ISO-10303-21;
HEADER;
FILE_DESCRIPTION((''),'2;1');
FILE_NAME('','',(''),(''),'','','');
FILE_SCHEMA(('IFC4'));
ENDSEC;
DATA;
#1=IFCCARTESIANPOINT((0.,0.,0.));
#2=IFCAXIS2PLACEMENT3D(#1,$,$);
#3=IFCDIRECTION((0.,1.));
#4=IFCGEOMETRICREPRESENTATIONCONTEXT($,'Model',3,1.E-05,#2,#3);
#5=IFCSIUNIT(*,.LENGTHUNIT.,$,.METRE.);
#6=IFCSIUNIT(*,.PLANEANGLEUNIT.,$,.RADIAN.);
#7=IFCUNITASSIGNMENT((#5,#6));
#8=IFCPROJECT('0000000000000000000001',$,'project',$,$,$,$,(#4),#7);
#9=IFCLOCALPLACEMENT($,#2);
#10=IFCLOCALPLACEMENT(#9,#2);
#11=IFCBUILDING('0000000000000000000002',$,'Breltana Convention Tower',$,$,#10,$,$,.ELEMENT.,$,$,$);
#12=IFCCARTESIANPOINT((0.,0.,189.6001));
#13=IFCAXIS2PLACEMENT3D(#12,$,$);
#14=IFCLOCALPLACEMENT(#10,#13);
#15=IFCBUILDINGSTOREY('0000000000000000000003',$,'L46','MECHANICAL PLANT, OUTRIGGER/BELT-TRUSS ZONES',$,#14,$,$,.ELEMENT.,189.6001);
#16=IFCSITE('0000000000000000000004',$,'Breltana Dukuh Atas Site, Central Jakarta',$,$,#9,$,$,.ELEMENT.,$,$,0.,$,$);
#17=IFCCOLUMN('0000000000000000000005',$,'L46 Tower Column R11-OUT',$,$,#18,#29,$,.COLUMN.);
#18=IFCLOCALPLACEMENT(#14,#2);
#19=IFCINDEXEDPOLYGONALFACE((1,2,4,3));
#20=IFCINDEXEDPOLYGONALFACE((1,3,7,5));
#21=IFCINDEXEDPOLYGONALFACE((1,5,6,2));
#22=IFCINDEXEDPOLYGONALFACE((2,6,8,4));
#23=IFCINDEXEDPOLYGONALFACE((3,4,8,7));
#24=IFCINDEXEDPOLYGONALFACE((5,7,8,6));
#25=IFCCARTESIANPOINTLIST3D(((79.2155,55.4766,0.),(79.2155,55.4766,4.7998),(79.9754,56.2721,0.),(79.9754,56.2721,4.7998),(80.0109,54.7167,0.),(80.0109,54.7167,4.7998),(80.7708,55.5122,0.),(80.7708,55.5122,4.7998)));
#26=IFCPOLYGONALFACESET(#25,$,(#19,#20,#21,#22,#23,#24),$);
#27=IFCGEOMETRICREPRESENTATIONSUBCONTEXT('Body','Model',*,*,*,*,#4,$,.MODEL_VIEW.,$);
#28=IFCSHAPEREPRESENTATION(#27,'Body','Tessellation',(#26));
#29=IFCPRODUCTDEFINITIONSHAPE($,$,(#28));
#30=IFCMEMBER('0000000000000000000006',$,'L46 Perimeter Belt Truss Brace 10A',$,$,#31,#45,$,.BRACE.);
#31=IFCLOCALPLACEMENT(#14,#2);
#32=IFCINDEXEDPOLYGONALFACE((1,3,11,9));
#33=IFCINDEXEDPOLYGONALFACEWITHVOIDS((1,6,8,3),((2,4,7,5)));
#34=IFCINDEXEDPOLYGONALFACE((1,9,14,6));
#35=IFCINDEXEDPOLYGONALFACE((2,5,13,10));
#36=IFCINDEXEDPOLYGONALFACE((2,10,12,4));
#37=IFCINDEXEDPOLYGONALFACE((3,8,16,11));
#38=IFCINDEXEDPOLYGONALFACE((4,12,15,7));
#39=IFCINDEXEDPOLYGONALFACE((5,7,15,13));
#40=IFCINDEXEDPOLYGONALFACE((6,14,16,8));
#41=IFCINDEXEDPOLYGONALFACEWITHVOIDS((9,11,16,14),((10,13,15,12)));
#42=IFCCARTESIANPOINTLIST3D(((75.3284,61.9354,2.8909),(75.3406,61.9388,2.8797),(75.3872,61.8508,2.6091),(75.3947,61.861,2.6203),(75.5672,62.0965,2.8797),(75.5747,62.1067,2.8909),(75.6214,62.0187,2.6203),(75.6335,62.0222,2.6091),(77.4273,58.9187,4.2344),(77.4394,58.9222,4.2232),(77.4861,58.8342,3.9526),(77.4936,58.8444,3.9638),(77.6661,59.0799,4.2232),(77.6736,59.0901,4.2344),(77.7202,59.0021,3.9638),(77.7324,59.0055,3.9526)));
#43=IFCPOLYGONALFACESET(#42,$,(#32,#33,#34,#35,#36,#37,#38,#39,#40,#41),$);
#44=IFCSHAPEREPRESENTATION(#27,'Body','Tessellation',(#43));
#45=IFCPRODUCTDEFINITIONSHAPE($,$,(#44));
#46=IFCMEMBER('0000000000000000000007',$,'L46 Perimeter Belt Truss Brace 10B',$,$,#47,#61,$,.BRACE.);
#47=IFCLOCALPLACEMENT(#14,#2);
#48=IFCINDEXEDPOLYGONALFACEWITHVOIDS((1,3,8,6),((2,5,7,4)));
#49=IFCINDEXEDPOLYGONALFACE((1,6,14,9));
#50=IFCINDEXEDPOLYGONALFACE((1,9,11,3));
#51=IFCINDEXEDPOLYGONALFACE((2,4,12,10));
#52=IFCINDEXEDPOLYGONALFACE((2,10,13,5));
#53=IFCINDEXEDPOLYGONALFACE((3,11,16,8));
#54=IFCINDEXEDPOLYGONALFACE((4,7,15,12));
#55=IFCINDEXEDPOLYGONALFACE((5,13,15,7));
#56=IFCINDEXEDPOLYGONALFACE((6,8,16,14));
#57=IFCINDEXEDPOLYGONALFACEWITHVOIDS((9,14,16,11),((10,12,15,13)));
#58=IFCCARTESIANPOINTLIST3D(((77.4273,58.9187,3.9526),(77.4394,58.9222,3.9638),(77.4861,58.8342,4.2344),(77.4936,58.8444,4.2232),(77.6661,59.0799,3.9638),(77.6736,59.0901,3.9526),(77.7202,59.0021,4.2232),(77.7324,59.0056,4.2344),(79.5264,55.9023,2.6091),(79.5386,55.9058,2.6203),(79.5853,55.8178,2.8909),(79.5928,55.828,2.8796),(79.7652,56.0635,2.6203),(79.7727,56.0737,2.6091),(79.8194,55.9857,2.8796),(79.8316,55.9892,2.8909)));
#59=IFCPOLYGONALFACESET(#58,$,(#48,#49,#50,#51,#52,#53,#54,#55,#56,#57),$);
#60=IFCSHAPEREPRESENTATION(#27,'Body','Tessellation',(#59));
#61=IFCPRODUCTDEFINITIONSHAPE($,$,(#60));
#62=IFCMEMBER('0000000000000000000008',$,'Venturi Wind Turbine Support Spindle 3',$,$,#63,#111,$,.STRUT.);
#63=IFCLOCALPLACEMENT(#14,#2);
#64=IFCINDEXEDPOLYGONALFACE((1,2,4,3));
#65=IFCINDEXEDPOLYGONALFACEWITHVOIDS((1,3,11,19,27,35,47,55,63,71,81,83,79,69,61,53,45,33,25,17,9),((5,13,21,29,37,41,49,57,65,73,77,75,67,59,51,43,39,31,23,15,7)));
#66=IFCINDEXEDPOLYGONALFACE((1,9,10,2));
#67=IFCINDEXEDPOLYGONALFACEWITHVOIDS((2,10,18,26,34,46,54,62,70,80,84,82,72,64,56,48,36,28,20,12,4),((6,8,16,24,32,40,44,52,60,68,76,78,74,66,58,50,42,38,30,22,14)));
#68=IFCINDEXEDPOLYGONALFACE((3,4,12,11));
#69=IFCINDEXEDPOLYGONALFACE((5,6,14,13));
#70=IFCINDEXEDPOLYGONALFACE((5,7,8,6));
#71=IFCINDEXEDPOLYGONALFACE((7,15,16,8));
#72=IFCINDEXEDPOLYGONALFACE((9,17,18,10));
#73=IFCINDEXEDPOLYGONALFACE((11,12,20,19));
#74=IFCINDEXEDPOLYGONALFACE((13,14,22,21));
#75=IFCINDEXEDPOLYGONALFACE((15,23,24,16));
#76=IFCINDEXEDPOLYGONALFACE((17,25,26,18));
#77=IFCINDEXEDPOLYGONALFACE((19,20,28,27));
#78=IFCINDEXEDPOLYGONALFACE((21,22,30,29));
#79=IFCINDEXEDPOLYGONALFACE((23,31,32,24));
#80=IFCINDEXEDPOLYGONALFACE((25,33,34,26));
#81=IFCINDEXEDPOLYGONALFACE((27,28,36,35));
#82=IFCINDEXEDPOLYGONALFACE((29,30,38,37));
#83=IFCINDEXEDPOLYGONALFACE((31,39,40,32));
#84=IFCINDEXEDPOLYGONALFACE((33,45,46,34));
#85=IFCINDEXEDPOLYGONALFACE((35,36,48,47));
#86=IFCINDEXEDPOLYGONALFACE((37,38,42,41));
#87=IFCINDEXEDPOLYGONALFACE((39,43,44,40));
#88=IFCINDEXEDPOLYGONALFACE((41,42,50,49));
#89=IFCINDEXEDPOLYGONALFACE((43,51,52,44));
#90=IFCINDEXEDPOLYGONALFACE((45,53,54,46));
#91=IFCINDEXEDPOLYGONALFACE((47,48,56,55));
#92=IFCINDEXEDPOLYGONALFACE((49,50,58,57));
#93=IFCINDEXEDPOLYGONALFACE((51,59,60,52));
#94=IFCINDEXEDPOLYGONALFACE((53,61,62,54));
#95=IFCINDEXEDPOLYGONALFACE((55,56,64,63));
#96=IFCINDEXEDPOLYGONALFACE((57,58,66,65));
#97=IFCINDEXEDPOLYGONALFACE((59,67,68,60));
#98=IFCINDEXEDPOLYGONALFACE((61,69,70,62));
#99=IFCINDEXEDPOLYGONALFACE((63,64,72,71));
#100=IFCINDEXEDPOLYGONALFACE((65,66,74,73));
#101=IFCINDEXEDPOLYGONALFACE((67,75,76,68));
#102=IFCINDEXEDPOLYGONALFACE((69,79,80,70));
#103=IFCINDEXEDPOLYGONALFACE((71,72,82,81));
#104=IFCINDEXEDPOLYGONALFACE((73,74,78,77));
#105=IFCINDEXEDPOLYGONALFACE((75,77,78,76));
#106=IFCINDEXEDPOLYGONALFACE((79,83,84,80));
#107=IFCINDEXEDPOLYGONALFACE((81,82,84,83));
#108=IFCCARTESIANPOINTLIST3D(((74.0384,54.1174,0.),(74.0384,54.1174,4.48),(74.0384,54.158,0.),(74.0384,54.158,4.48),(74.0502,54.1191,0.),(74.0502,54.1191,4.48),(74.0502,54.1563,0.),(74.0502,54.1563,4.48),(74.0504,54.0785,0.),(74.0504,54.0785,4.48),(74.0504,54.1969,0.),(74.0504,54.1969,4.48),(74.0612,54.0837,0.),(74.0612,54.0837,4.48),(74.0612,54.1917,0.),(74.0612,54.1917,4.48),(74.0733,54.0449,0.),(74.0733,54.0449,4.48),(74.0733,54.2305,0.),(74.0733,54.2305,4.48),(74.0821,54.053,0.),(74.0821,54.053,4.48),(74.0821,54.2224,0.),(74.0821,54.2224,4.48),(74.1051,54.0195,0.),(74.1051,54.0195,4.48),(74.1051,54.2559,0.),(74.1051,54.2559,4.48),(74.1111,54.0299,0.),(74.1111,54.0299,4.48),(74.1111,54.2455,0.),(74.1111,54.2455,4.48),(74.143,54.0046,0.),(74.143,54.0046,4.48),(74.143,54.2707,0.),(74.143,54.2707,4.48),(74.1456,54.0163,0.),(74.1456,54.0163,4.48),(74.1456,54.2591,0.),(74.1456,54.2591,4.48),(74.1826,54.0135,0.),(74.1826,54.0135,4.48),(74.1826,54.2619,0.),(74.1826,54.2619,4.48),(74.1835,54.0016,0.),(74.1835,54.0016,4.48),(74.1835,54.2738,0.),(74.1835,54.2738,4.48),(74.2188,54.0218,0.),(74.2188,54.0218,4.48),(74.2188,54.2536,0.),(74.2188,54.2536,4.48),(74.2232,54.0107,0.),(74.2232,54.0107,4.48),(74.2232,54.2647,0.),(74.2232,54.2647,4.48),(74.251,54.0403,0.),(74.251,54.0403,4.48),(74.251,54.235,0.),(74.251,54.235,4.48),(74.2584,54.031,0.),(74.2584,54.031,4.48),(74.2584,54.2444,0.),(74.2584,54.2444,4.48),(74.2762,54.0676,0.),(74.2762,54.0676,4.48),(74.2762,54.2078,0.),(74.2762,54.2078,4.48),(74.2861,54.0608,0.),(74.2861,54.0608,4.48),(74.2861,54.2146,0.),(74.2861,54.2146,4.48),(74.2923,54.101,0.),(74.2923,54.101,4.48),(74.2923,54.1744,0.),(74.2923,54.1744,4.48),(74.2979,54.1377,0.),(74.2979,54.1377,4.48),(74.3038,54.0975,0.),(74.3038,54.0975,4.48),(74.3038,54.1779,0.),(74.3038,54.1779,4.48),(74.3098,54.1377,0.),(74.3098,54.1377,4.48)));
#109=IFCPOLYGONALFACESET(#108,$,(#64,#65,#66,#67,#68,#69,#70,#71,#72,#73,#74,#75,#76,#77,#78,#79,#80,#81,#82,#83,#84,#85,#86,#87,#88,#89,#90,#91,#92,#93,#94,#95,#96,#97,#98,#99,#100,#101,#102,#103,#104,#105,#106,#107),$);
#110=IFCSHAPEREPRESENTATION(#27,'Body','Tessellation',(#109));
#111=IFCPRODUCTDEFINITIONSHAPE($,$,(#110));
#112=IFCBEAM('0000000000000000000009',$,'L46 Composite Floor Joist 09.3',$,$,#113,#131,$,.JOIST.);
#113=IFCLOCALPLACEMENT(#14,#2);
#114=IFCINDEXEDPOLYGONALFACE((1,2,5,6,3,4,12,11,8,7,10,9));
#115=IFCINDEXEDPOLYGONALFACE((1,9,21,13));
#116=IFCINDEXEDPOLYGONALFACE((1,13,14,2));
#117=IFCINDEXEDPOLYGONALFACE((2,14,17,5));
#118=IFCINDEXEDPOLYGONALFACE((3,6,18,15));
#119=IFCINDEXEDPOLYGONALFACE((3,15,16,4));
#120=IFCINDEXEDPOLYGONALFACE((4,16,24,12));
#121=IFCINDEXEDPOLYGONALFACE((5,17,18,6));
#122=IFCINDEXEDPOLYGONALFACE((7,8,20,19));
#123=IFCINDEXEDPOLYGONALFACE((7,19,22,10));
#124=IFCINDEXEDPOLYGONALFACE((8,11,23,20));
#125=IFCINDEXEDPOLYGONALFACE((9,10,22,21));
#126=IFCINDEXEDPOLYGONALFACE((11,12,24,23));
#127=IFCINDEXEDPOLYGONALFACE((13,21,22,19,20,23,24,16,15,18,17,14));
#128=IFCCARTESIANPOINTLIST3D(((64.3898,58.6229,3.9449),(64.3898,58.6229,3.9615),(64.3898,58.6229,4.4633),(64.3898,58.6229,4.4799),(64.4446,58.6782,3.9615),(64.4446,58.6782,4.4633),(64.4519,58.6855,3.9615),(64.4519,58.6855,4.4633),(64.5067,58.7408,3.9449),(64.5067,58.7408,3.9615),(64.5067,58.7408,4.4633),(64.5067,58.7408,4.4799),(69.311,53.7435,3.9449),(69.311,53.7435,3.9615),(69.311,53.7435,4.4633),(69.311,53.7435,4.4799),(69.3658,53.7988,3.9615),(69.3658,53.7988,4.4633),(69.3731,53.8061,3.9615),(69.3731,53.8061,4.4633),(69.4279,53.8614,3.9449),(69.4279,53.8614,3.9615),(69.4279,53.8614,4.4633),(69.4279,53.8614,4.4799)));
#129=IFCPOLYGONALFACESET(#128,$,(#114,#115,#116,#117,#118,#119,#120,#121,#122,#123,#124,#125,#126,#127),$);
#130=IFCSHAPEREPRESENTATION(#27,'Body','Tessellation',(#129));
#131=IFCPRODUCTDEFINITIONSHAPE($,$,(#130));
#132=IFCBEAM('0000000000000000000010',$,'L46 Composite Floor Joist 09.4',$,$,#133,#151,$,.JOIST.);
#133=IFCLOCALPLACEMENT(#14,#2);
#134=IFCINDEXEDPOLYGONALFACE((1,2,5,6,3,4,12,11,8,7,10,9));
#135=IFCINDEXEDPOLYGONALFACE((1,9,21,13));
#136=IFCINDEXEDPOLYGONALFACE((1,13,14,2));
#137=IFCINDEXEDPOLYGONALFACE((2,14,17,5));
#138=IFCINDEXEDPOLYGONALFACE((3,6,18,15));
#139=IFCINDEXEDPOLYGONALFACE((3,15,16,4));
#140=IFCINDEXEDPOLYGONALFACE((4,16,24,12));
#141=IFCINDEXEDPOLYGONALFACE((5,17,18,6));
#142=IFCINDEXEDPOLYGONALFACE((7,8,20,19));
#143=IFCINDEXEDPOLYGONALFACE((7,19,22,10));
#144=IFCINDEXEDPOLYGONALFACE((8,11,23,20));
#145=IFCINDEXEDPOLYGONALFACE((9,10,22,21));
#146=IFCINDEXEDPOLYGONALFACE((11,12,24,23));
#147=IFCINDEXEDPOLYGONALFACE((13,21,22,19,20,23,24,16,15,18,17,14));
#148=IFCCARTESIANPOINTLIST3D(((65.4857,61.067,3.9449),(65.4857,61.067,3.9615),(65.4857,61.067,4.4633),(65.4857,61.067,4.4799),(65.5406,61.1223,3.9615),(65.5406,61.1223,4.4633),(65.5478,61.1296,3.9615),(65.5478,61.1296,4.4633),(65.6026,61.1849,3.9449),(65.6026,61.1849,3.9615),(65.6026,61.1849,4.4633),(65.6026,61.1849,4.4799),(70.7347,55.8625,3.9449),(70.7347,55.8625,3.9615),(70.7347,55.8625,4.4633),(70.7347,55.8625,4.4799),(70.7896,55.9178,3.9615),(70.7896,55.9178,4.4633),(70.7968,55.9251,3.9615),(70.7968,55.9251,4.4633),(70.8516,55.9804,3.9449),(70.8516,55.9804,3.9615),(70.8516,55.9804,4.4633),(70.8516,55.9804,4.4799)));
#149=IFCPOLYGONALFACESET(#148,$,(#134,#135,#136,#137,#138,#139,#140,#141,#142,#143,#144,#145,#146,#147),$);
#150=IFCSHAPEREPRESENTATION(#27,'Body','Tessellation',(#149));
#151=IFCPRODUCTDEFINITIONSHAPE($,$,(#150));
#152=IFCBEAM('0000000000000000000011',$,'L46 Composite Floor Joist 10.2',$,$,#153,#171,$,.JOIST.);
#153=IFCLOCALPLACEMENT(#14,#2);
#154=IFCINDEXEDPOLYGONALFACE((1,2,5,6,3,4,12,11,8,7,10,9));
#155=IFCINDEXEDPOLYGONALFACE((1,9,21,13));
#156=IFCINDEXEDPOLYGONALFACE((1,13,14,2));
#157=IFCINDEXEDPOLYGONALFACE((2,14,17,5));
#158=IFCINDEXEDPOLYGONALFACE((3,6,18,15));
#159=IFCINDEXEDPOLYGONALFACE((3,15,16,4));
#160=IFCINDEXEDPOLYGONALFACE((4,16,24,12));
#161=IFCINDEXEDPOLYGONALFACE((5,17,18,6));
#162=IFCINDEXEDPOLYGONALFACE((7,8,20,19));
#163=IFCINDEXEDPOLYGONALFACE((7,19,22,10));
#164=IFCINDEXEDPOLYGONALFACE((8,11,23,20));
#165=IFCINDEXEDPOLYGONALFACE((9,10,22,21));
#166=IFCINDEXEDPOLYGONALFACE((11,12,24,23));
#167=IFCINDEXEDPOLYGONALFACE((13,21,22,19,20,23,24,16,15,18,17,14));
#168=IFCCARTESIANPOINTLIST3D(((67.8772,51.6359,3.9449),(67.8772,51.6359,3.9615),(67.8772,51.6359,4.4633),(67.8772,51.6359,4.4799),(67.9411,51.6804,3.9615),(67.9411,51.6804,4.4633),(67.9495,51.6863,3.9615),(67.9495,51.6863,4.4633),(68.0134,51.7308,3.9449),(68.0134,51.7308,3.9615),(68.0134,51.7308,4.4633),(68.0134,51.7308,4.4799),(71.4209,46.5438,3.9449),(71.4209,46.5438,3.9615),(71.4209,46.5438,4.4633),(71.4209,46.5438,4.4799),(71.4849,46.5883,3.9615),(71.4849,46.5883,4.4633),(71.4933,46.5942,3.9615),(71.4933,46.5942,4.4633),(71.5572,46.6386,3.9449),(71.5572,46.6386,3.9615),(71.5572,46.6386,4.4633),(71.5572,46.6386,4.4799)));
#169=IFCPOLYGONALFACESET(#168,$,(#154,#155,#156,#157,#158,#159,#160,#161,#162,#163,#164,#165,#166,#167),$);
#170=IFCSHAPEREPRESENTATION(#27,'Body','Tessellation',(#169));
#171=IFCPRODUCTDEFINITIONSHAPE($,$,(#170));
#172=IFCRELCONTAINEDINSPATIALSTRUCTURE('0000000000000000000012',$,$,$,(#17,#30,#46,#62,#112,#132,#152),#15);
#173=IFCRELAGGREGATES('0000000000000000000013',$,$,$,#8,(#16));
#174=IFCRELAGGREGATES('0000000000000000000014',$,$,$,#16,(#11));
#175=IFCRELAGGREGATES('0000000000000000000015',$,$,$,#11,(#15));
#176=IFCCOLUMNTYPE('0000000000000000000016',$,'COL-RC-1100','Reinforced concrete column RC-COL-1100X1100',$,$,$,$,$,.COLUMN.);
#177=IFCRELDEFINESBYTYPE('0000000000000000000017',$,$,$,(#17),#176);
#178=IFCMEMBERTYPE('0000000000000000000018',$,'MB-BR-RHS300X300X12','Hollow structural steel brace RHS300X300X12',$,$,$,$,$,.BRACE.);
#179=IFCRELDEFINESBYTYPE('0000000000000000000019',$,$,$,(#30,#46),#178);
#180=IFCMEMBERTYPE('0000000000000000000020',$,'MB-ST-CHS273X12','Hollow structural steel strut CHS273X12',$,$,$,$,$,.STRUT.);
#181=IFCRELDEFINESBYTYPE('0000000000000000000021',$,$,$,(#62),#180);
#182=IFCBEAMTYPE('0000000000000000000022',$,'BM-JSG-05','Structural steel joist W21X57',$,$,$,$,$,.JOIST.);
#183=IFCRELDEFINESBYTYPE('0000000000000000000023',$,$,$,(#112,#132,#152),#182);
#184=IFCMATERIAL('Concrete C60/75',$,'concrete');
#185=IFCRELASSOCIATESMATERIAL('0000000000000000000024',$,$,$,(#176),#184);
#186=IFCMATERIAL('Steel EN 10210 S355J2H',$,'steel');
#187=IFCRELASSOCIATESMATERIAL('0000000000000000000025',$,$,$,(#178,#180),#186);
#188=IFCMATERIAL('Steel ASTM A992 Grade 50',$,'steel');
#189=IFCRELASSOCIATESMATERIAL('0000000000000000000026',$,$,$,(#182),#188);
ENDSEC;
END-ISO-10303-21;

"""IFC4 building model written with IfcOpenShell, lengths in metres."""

from ifc_helpers import new_model, si_unit, direction, frame, origin, origin_2d, place, context, subcontext, project, spatial, rectangle, hollow_rectangle, hollow_circle, i_section, extrude, source, transform, mapped, material, material_profile, profile_set, type_object, type_shapes, element, save


model = new_model("IFC4")

# Units and contexts
model_context = context("Model", 3, precision=1e-05, world=origin(), true_north=direction((0.0, 1.0)))
body_context = subcontext(model_context, "Body", "Model", "MODEL_VIEW")
ifc_project = project(units=[si_unit("LENGTHUNIT", "METRE"), si_unit("PLANEANGLEUNIT", "RADIAN")], contexts=[model_context])

# Site, building, storey
site_placement = place(None, origin())
site = spatial("IfcSite", under=ifc_project, at=site_placement, Name="Breltana Dukuh Atas Site, Central Jakarta", CompositionType="ELEMENT", RefElevation=0.0)
building_placement = place(site_placement, origin())
building = spatial("IfcBuilding", under=site, at=building_placement, Name="Breltana Convention Tower", CompositionType="ELEMENT")
storey_placement = place(building_placement, frame((0.0, 0.0, 189.6001)))
storey = spatial("IfcBuildingStorey", under=building, at=storey_placement, Name="L46", Description="MECHANICAL PLANT, OUTRIGGER/BELT-TRUSS ZONES", CompositionType="ELEMENT", Elevation=189.6001)

# Column
ifc_material_1 = material(Name="Concrete C60/75", Category="concrete")
ifc_material_profile_1 = material_profile(ifc_material_1, rectangle(XDim=1.1001, YDim=1.1001, at=origin_2d()), Name="RC-COL-1100X1100")
ifc_profile_set_1 = profile_set([ifc_material_profile_1], Name="Concrete C60/75")
column_type = type_object("IfcColumnType", Name="COL-RC-1100", Description="Reinforced concrete column RC-COL-1100X1100", PredefinedType="COLUMN", material=ifc_profile_set_1)
shared_shape_1 = source(origin(), body_context, "Body", "SweptSolid", [
    extrude(rectangle(XDim=1.1001, YDim=1.1001, at=origin_2d()), origin(), (0.0, 0.0, 1.0), 4.7998),
])
column_placement = place(storey_placement, frame((79.9932, 55.4944, 0.0), z_axis=(0.0, 0.0, 1.0), x_axis=(0.690756, 0.723088, 0.0)))
element("IfcColumn", 1, at=column_placement, inside=storey, type_object=column_type, Name="L46 Tower Column R11-OUT", PredefinedType="COLUMN", context=body_context, shape_type="MappedRepresentation", body=[
    mapped(shared_shape_1, transform((0.0, 0.0, 0.0), scale=1.0)),
])

# Members
ifc_material_2 = material(Name="Steel EN 10210 S355J2H", Category="steel")
ifc_material_profile_2 = material_profile(ifc_material_2, hollow_rectangle(XDim=0.3, YDim=0.3, WallThickness=0.012, at=origin_2d()), Name="RHS300X300X12")
ifc_profile_set_2 = profile_set([ifc_material_profile_2], Name="Steel EN 10210 S355J2H")
member_type_1 = type_object("IfcMemberType", Name="MB-BR-RHS300X300X12", Description="Hollow structural steel brace RHS300X300X12", PredefinedType="BRACE", material=ifc_profile_set_2)
shared_shape_2 = source(origin(), body_context, "Body", "SweptSolid", [
    extrude(hollow_rectangle(XDim=0.3, YDim=0.3, WallThickness=0.012, at=origin_2d()), origin(), (0.0, 0.0, 1.0), 3.9128),
])
for number, where, z_axis, x_axis, name in (
    (2, (75.481, 61.9788, 2.75), (0.53641, -0.770953, 0.34336), (0.820858, 0.571133, 0.0), "L46 Perimeter Belt Truss Brace 10A"),
    (3, (77.5798, 58.9622, 4.0935), (0.53648, -0.770902, -0.343365), (0.820805, 0.571209, 0.0), "L46 Perimeter Belt Truss Brace 10B"),
):
    element("IfcMember", number, at=place(storey_placement, frame(where, z_axis=z_axis, x_axis=x_axis)), inside=storey, type_object=member_type_1, Name=name, PredefinedType="BRACE", context=body_context, shape_type="MappedRepresentation", body=[
        mapped(shared_shape_2, transform((0.0, 0.0, 0.0), scale=1.0)),
    ])
ifc_material_profile_3 = material_profile(ifc_material_2, hollow_circle(Radius=0.1365, WallThickness=0.012, at=origin_2d()), Name="CHS273X12")
ifc_profile_set_3 = profile_set([ifc_material_profile_3], Name="Steel EN 10210 S355J2H")
member_type_2 = type_object("IfcMemberType", Name="MB-ST-CHS273X12", Description="Hollow structural steel strut CHS273X12", PredefinedType="STRUT", material=ifc_profile_set_3)
shared_shape_3 = source(origin(), body_context, "Body", "SweptSolid", [
    extrude(hollow_circle(Radius=0.1365, WallThickness=0.012, at=origin_2d()), origin(), (0.0, 0.0, 1.0), 4.48),
])
type_shapes(member_type_2, [shared_shape_3])
member_placement = place(storey_placement, frame((74.1733, 54.1377, 0.0), z_axis=(0.0, 0.0, 1.0), x_axis=(1.0, 0.0, 0.0)))
element("IfcMember", 4, at=member_placement, inside=storey, type_object=member_type_2, Name="Venturi Wind Turbine Support Spindle 3", PredefinedType="STRUT", context=body_context, shape_type="MappedRepresentation", body=[
    mapped(shared_shape_3, transform((0.0, 0.0, 0.0), scale=1.0)),
])

# Beams
ifc_material_3 = material(Name="Steel ASTM A992 Grade 50", Category="steel")
ifc_material_profile_4 = material_profile(ifc_material_3, i_section(OverallWidth=0.166, OverallDepth=0.5349, WebThickness=0.0103, FlangeThickness=0.0166, at=origin_2d()), Name="W21X57")
ifc_profile_set_4 = profile_set([ifc_material_profile_4], Name="Steel ASTM A992 Grade 50")
beam_type = type_object("IfcBeamType", Name="BM-JSG-05", Description="Structural steel joist W21X57", PredefinedType="JOIST", material=ifc_profile_set_4)
shared_shape_4 = source(origin(), body_context, "Body", "SweptSolid", [
    extrude(i_section(OverallWidth=0.166, OverallDepth=0.5349, WebThickness=0.0103, FlangeThickness=0.0166, at=origin_2d()), origin(), (0.0, 0.0, 1.0), 6.9302),
])
beam_1_placement = place(storey_placement, frame((64.4482, 58.6819, 4.2124), z_axis=(0.710112, -0.704088, 0.0), x_axis=(0.704088, 0.710112, 0.0)))
element("IfcBeam", 5, at=beam_1_placement, inside=storey, type_object=beam_type, Name="L46 Composite Floor Joist 09.3", PredefinedType="JOIST", context=body_context, shape_type="MappedRepresentation", body=[
    mapped(shared_shape_4, transform((0.0, 0.0, 0.0), scale=1.0)),
])
shared_shape_5 = source(origin(), body_context, "Body", "SweptSolid", [
    extrude(i_section(OverallWidth=0.166, OverallDepth=0.5349, WebThickness=0.0103, FlangeThickness=0.0166, at=origin_2d()), origin(), (0.0, 0.0, 1.0), 7.3918),
])
beam_2_placement = place(storey_placement, frame((65.5442, 61.126, 4.2124), z_axis=(0.710106, -0.704095, 0.0), x_axis=(0.704095, 0.710106, 0.0)))
element("IfcBeam", 6, at=beam_2_placement, inside=storey, type_object=beam_type, Name="L46 Composite Floor Joist 09.4", PredefinedType="JOIST", context=body_context, shape_type="MappedRepresentation", body=[
    mapped(shared_shape_5, transform((0.0, 0.0, 0.0), scale=1.0)),
])
shared_shape_6 = source(origin(), body_context, "Body", "SweptSolid", [
    extrude(i_section(OverallWidth=0.166, OverallDepth=0.5349, WebThickness=0.0103, FlangeThickness=0.0166, at=origin_2d()), origin(), (0.0, 0.0, 1.0), 6.2039),
])
beam_3_placement = place(storey_placement, frame((67.9453, 51.6833, 4.2124), z_axis=(0.571218, -0.820799, 0.0), x_axis=(0.820799, 0.571218, 0.0)))
element("IfcBeam", 7, at=beam_3_placement, inside=storey, type_object=beam_type, Name="L46 Composite Floor Joist 10.2", PredefinedType="JOIST", context=body_context, shape_type="MappedRepresentation", body=[
    mapped(shared_shape_6, transform((0.0, 0.0, 0.0), scale=1.0)),
])

save(model, "model.ifc")
